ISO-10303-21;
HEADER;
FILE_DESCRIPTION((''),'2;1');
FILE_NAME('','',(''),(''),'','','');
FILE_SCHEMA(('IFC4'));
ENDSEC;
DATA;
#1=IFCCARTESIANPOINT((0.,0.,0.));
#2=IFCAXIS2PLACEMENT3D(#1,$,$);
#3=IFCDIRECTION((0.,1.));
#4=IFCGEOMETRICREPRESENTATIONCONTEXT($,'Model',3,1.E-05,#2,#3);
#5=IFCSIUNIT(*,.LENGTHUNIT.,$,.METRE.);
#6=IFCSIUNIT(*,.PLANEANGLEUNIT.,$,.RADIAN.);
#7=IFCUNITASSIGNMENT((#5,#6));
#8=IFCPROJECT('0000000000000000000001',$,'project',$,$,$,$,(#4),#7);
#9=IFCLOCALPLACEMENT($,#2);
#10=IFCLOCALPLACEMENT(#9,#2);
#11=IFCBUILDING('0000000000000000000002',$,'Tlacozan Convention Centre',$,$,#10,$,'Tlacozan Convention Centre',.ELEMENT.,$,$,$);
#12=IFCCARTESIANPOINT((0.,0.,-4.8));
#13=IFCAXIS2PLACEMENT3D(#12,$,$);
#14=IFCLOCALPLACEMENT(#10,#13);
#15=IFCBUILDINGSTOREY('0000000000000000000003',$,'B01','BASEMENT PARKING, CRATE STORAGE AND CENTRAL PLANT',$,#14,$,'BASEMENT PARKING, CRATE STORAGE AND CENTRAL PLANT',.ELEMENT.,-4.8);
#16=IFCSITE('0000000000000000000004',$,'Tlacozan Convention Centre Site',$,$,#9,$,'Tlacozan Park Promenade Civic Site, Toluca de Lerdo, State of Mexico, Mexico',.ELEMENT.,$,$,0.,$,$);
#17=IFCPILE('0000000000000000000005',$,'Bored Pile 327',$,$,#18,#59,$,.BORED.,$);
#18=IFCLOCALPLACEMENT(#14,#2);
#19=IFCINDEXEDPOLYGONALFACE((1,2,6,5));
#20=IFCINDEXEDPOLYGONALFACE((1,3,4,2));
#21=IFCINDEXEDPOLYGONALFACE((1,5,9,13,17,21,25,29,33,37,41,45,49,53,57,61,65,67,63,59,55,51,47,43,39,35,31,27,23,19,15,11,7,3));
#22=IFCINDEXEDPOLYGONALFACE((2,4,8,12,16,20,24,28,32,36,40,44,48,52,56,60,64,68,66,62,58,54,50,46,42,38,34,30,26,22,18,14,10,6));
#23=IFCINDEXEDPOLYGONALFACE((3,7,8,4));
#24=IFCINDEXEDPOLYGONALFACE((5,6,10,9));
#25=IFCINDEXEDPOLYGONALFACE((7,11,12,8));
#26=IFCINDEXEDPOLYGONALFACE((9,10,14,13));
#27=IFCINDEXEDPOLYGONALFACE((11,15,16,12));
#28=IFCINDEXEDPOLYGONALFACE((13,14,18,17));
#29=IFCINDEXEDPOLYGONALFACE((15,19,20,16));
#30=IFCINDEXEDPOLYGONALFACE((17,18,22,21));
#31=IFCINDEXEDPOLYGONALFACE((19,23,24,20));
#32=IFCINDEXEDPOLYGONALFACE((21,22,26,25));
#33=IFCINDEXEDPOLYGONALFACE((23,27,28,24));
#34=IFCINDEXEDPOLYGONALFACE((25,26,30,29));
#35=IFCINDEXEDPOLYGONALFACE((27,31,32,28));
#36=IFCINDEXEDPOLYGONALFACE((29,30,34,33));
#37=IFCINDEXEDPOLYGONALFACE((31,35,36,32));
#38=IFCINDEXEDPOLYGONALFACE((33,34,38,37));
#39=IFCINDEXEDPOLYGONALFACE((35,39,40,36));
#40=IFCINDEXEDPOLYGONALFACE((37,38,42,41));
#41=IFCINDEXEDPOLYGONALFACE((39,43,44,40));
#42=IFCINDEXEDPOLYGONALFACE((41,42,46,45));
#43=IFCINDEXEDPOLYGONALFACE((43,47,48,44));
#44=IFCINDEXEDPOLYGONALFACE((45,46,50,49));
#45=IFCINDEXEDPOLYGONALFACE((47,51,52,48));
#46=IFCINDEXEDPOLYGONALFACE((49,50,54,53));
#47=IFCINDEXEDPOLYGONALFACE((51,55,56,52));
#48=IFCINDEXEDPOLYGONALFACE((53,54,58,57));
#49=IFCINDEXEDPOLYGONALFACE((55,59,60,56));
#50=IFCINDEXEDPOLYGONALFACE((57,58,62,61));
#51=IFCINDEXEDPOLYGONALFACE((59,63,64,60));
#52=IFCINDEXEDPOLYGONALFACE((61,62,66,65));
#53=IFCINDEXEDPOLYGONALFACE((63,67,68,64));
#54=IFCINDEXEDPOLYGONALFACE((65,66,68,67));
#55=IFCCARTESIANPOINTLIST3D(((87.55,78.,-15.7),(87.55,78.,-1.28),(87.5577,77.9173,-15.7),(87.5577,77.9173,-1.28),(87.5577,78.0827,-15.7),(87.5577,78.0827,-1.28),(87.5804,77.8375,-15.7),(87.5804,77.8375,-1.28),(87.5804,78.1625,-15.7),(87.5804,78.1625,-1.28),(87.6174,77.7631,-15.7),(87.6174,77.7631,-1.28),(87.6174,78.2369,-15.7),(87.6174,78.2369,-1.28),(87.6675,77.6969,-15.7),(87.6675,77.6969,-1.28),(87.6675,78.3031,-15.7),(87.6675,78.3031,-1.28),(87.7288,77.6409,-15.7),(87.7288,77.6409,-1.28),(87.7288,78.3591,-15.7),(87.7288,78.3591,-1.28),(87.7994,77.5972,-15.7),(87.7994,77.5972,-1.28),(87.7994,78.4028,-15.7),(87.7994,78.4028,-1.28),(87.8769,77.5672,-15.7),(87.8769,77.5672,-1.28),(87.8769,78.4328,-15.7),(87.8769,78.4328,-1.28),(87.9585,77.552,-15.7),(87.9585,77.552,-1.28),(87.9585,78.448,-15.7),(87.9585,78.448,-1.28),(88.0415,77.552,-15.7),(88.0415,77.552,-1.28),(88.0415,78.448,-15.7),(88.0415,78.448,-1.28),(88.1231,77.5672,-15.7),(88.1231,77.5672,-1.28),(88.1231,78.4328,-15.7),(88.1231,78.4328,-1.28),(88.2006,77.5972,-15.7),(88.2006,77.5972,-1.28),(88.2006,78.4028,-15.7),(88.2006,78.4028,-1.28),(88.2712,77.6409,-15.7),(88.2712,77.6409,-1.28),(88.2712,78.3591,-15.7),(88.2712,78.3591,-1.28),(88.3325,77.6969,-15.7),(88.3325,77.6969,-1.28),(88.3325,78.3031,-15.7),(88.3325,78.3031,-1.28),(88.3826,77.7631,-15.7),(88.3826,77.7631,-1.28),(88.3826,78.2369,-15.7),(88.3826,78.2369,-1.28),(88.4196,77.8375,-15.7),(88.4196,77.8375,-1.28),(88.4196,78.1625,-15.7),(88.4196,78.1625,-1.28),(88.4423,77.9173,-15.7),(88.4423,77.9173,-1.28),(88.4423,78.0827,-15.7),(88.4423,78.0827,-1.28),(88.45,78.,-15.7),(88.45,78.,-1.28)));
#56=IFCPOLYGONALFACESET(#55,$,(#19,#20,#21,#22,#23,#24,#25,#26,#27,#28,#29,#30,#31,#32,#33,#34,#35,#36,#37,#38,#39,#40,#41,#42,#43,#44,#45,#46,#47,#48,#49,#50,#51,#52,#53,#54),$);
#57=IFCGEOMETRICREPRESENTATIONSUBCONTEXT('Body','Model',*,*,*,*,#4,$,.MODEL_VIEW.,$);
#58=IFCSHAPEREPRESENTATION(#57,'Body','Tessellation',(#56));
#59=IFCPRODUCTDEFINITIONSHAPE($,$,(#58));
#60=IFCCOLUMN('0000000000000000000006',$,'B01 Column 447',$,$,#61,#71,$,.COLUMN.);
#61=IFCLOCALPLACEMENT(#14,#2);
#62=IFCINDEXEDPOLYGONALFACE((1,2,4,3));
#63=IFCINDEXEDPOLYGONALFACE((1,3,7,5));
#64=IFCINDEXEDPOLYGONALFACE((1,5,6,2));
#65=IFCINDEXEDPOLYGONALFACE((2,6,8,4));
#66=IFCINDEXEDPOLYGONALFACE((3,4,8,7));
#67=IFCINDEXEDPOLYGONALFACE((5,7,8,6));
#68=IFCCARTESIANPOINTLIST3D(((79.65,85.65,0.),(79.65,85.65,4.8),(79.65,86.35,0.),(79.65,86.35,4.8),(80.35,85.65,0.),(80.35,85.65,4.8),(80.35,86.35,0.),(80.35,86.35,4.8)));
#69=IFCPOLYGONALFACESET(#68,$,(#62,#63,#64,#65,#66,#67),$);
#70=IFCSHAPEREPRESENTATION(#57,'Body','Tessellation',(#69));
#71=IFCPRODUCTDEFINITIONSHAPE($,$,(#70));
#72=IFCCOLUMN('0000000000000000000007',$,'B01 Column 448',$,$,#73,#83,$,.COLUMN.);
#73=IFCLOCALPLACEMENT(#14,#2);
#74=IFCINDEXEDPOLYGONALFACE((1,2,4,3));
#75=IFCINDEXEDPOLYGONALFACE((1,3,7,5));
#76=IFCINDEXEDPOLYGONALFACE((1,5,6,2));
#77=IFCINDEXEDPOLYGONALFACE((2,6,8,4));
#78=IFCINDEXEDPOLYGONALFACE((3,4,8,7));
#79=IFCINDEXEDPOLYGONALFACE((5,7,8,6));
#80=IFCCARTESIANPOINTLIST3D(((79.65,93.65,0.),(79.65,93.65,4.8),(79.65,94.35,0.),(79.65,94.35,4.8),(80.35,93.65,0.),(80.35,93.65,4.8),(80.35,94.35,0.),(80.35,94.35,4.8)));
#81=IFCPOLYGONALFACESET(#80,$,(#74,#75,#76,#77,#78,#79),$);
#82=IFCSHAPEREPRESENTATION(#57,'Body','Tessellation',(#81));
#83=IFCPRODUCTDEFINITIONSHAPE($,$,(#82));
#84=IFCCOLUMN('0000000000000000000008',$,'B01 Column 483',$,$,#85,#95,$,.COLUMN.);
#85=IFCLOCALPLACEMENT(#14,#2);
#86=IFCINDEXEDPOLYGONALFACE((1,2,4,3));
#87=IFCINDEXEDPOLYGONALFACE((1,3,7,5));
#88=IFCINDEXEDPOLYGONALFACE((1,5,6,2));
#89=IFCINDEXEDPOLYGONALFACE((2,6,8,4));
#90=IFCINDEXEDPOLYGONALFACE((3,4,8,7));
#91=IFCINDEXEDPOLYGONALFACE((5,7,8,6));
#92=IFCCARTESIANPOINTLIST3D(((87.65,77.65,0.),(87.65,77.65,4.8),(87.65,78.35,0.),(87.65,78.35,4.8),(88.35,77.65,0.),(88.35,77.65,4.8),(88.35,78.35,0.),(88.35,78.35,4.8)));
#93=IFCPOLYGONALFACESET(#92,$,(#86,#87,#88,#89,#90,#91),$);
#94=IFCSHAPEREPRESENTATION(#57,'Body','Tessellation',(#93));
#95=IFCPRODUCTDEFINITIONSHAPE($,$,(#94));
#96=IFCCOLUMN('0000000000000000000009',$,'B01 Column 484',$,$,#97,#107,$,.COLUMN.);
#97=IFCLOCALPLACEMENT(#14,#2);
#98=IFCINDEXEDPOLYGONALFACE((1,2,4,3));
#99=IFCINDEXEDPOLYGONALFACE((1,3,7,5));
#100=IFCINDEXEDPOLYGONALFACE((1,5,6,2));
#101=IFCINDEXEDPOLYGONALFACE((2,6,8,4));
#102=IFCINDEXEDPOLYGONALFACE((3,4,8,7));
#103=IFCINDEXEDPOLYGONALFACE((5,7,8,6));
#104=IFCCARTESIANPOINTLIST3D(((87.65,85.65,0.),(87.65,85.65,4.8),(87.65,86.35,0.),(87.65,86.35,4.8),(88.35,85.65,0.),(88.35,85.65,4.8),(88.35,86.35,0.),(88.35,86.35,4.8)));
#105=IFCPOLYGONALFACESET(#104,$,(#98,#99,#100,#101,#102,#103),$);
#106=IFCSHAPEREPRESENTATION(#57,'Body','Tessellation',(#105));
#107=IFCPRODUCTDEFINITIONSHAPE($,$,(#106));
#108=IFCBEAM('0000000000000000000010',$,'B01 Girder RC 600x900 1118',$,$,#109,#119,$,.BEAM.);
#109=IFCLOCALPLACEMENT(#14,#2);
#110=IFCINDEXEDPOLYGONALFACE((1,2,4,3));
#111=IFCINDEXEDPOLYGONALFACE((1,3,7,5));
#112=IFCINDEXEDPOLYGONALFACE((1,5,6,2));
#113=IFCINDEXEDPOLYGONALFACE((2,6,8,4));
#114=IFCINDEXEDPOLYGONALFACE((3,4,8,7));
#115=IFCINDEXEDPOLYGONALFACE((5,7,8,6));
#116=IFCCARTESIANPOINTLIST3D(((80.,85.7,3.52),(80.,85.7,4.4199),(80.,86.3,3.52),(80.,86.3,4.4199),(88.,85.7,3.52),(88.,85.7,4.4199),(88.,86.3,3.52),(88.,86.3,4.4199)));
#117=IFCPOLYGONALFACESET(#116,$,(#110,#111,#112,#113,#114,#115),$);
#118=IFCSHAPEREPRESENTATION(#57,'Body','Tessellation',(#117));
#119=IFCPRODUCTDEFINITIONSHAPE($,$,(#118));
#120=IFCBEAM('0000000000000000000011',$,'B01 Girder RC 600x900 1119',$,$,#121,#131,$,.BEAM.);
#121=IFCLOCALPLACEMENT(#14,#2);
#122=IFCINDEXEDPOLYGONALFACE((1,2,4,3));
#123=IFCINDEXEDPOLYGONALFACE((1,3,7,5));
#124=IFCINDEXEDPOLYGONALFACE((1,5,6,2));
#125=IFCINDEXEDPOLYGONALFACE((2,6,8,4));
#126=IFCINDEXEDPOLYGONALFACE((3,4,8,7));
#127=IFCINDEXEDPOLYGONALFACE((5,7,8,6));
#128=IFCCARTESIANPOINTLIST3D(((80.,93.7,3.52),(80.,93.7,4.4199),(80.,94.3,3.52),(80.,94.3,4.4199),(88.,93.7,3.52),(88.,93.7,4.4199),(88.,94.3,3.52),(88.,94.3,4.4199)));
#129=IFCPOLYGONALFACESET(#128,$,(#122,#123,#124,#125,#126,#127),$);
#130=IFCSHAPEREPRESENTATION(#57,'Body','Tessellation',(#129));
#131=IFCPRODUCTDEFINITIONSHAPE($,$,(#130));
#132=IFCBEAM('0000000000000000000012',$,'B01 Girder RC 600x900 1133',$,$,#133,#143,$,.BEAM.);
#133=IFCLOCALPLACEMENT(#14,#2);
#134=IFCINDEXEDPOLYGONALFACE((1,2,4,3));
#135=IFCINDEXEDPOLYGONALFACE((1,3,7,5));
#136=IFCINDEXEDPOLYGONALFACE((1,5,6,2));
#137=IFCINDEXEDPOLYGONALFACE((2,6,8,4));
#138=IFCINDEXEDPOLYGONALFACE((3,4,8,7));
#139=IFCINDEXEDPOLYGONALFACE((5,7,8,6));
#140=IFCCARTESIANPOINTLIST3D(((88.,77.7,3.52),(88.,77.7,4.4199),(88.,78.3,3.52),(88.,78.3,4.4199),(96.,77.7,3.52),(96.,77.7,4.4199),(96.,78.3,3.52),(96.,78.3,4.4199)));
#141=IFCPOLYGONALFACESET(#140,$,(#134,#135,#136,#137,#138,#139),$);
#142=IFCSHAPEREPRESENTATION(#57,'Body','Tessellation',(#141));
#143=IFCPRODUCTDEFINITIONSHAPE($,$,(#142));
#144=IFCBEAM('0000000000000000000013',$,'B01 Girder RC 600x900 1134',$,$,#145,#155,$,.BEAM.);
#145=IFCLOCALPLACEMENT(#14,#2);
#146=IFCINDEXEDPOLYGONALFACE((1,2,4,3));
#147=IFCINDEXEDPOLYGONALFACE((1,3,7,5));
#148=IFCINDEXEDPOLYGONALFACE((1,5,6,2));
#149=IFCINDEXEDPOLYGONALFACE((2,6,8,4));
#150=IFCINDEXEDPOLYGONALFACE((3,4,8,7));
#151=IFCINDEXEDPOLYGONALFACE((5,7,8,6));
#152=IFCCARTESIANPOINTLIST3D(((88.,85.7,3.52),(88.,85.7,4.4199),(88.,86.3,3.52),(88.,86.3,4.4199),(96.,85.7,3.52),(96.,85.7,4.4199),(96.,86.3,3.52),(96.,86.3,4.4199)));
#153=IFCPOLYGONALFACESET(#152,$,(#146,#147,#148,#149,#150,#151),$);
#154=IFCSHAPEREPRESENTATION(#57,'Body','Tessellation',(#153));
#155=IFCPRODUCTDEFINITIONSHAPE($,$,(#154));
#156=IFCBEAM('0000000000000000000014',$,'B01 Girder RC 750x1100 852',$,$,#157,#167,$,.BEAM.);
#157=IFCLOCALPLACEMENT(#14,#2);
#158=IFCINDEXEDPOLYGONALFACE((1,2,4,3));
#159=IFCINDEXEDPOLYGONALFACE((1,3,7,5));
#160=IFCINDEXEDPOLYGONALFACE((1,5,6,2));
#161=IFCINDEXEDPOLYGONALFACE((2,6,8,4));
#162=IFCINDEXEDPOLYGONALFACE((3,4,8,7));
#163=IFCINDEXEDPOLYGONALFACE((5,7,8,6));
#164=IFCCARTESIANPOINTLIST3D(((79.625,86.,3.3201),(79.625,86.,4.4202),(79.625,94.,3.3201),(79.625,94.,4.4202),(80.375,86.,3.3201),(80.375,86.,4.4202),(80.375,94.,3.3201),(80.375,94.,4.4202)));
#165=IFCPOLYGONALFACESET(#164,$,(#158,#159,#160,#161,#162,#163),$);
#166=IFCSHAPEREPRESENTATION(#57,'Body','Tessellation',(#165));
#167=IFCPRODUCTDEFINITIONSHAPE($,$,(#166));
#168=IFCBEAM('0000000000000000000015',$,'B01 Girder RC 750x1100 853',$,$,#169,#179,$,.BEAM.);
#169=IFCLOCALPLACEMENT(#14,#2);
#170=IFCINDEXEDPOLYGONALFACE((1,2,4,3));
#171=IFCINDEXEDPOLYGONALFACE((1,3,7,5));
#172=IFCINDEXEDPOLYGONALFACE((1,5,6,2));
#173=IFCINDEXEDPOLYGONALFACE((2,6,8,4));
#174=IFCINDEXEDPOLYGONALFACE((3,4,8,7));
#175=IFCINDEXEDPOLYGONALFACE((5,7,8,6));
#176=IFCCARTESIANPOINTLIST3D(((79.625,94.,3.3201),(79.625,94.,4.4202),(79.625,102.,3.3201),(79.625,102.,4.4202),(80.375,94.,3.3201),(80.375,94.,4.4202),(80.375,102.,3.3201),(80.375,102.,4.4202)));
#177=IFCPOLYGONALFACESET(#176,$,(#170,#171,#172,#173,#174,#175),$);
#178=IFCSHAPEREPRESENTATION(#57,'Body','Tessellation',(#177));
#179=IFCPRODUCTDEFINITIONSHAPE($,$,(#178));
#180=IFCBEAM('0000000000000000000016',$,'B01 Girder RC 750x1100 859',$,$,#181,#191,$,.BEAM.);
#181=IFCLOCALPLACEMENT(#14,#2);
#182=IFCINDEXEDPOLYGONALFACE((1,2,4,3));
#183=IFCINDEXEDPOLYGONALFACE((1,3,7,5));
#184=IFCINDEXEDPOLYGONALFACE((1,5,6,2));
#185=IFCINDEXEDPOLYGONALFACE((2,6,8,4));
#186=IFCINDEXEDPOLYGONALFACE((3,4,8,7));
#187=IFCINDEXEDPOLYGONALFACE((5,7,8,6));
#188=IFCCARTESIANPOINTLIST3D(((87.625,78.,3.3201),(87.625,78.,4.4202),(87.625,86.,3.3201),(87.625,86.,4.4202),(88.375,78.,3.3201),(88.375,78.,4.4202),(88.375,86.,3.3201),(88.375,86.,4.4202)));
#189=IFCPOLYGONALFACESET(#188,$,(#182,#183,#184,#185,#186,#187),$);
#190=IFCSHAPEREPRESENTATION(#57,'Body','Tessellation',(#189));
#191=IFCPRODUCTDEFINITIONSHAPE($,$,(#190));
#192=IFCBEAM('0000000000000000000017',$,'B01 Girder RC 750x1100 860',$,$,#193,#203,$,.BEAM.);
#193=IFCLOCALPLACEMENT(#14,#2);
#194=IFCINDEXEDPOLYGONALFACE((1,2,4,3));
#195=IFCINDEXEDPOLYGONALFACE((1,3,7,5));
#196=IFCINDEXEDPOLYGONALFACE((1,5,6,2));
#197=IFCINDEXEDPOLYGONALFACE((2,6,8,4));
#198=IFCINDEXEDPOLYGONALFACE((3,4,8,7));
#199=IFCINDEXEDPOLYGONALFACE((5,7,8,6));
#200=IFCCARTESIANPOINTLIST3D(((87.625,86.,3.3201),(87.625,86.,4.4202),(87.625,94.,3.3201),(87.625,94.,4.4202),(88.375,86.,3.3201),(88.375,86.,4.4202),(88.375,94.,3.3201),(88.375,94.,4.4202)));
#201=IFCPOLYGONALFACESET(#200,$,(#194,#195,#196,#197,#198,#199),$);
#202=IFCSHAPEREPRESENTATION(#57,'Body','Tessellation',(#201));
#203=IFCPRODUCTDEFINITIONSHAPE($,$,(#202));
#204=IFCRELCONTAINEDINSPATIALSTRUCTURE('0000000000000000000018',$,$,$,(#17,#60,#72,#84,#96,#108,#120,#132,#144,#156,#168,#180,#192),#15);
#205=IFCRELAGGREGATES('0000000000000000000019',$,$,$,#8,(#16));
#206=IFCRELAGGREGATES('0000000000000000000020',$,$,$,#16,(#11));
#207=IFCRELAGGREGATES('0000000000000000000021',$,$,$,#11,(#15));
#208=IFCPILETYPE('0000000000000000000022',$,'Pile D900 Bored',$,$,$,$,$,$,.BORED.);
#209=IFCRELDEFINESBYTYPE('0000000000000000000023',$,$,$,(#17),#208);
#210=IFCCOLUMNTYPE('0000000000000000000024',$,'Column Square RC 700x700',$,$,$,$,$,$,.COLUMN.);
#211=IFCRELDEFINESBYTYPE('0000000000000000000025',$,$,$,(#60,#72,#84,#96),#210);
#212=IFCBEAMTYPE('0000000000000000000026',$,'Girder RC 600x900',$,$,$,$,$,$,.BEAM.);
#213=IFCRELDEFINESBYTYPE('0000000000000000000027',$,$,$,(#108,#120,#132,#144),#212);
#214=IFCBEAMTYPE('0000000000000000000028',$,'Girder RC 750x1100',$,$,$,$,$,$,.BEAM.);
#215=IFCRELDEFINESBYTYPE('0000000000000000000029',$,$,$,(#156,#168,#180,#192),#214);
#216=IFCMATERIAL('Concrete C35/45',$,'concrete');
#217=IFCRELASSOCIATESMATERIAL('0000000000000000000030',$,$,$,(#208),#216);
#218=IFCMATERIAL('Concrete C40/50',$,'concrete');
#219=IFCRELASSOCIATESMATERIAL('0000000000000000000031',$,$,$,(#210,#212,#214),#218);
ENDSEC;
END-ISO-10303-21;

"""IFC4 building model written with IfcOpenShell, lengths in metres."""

from ifc_helpers import new_model, si_unit, direction, frame, origin, origin_2d, place, context, subcontext, project, spatial, rectangle, circle, extrude, material, material_profile, profile_set, type_object, element, save


model = new_model("IFC4")

# Units and contexts
model_context = context("Model", 3, precision=1e-05, world=origin(), true_north=direction((0.0, 1.0)))
body_context = subcontext(model_context, "Body", "Model", "MODEL_VIEW")
ifc_project = project(units=[si_unit("LENGTHUNIT", "METRE"), si_unit("PLANEANGLEUNIT", "RADIAN")], contexts=[model_context])

# Site, building, storey
site_placement = place(None, origin())
site = spatial("IfcSite", under=ifc_project, at=site_placement, Name="Tlacozan Convention Centre Site", LongName="Tlacozan Park Promenade Civic Site, Toluca de Lerdo, State of Mexico, Mexico", CompositionType="ELEMENT", RefElevation=0.0)
building_placement = place(site_placement, origin())
building = spatial("IfcBuilding", under=site, at=building_placement, Name="Tlacozan Convention Centre", LongName="Tlacozan Convention Centre", CompositionType="ELEMENT")
storey_placement = place(building_placement, frame((0.0, 0.0, -4.8)))
storey = spatial("IfcBuildingStorey", under=building, at=storey_placement, Name="B01", Description="BASEMENT PARKING, CRATE STORAGE AND CENTRAL PLANT", LongName="BASEMENT PARKING, CRATE STORAGE AND CENTRAL PLANT", CompositionType="ELEMENT", Elevation=-4.8)

# Shared definitions
ifc_material_1 = material(Name="Concrete C35/45", Category="concrete")

# Pile
ifc_material_profile_1 = material_profile(ifc_material_1, circle(Radius=0.45, at=origin_2d()), Name="PILE D900")
ifc_profile_set_1 = profile_set([ifc_material_profile_1], Name="Concrete C35/45")
pile_type_1 = type_object("IfcPileType", Name="Pile D900 Bored", PredefinedType="BORED", material=ifc_profile_set_1)
for number, where, z_axis, x_axis, name in (
    (1, (88.0, 78.0, -1.28), (0.0, 0.0, -1.0), (1.0, 0.0, 0.0), "Bored Pile 327"),
):
    element("IfcPile", number, at=place(storey_placement, frame(where, z_axis=z_axis, x_axis=x_axis)), inside=storey, type_object=pile_type_1, Name=name, PredefinedType="BORED", context=body_context, shape_type="SweptSolid", body=[
        extrude(circle(Radius=0.45, at=origin_2d()), origin(), (0.0, 0.0, 1.0), 14.4199),
    ])

# Columns
ifc_material_2 = material(Name="Concrete C40/50", Category="concrete")
ifc_material_profile_2 = material_profile(ifc_material_2, rectangle(XDim=0.7, YDim=0.7, at=origin_2d()), Name="RC 700x700")
ifc_profile_set_2 = profile_set([ifc_material_profile_2], Name="Concrete C40/50")
column_type = type_object("IfcColumnType", Name="Column Square RC 700x700", PredefinedType="COLUMN", material=ifc_profile_set_2)
for number, where, z_axis, x_axis, name in (
    (2, (80.0, 86.0, 0.0), (0.0, 0.0, 1.0), (1.0, 0.0, 0.0), "B01 Column 447"),
    (3, (80.0, 94.0, 0.0), (0.0, 0.0, 1.0), (1.0, 0.0, 0.0), "B01 Column 448"),
    (4, (88.0, 78.0, 0.0), (0.0, 0.0, 1.0), (1.0, 0.0, 0.0), "B01 Column 483"),
    (5, (88.0, 86.0, 0.0), (0.0, 0.0, 1.0), (1.0, 0.0, 0.0), "B01 Column 484"),
):
    element("IfcColumn", number, at=place(storey_placement, frame(where, z_axis=z_axis, x_axis=x_axis)), inside=storey, type_object=column_type, Name=name, PredefinedType="COLUMN", context=body_context, shape_type="SweptSolid", body=[
        extrude(rectangle(XDim=0.7, YDim=0.7, at=origin_2d()), origin(), (0.0, 0.0, 1.0), 4.8),
    ])

# Beams
ifc_material_profile_3 = material_profile(ifc_material_2, rectangle(XDim=0.6001, YDim=0.8999, at=origin_2d()), Name="RC 600x900")
ifc_profile_set_3 = profile_set([ifc_material_profile_3], Name="Concrete C40/50")
beam_type_1 = type_object("IfcBeamType", Name="Girder RC 600x900", PredefinedType="BEAM", material=ifc_profile_set_3)
for number, where, z_axis, x_axis, name in (
    (6, (80.0, 86.0, 3.97), (1.0, 0.0, 0.0), (0.0, 1.0, 0.0), "B01 Girder RC 600x900 1118"),
    (7, (80.0, 94.0, 3.97), (1.0, 0.0, 0.0), (0.0, 1.0, 0.0), "B01 Girder RC 600x900 1119"),
    (8, (88.0, 78.0, 3.97), (1.0, 0.0, 0.0), (0.0, 1.0, 0.0), "B01 Girder RC 600x900 1133"),
    (9, (88.0, 86.0, 3.97), (1.0, 0.0, 0.0), (0.0, 1.0, 0.0), "B01 Girder RC 600x900 1134"),
):
    element("IfcBeam", number, at=place(storey_placement, frame(where, z_axis=z_axis, x_axis=x_axis)), inside=storey, type_object=beam_type_1, Name=name, PredefinedType="BEAM", context=body_context, shape_type="SweptSolid", body=[
        extrude(rectangle(XDim=0.6001, YDim=0.8999, at=origin_2d()), origin(), (0.0, 0.0, 1.0), 8.0),
    ])
ifc_material_profile_4 = material_profile(ifc_material_2, rectangle(XDim=0.75, YDim=1.1001, at=origin_2d()), Name="RC 750x1100")
ifc_profile_set_4 = profile_set([ifc_material_profile_4], Name="Concrete C40/50")
beam_type_2 = type_object("IfcBeamType", Name="Girder RC 750x1100", PredefinedType="BEAM", material=ifc_profile_set_4)
for number, where, z_axis, x_axis, name in (
    (10, (80.0, 86.0, 3.8701), (0.0, 1.0, 0.0), (-1.0, 0.0, 0.0), "B01 Girder RC 750x1100 852"),
    (11, (80.0, 94.0, 3.8701), (0.0, 1.0, 0.0), (-1.0, 0.0, 0.0), "B01 Girder RC 750x1100 853"),
    (12, (88.0, 78.0, 3.8701), (0.0, 1.0, 0.0), (-1.0, 0.0, 0.0), "B01 Girder RC 750x1100 859"),
    (13, (88.0, 86.0, 3.8701), (0.0, 1.0, 0.0), (-1.0, 0.0, 0.0), "B01 Girder RC 750x1100 860"),
):
    element("IfcBeam", number, at=place(storey_placement, frame(where, z_axis=z_axis, x_axis=x_axis)), inside=storey, type_object=beam_type_2, Name=name, PredefinedType="BEAM", context=body_context, shape_type="SweptSolid", body=[
        extrude(rectangle(XDim=0.75, YDim=1.1001, at=origin_2d()), origin(), (0.0, 0.0, 1.0), 8.0),
    ])

save(model, "model.ifc")
